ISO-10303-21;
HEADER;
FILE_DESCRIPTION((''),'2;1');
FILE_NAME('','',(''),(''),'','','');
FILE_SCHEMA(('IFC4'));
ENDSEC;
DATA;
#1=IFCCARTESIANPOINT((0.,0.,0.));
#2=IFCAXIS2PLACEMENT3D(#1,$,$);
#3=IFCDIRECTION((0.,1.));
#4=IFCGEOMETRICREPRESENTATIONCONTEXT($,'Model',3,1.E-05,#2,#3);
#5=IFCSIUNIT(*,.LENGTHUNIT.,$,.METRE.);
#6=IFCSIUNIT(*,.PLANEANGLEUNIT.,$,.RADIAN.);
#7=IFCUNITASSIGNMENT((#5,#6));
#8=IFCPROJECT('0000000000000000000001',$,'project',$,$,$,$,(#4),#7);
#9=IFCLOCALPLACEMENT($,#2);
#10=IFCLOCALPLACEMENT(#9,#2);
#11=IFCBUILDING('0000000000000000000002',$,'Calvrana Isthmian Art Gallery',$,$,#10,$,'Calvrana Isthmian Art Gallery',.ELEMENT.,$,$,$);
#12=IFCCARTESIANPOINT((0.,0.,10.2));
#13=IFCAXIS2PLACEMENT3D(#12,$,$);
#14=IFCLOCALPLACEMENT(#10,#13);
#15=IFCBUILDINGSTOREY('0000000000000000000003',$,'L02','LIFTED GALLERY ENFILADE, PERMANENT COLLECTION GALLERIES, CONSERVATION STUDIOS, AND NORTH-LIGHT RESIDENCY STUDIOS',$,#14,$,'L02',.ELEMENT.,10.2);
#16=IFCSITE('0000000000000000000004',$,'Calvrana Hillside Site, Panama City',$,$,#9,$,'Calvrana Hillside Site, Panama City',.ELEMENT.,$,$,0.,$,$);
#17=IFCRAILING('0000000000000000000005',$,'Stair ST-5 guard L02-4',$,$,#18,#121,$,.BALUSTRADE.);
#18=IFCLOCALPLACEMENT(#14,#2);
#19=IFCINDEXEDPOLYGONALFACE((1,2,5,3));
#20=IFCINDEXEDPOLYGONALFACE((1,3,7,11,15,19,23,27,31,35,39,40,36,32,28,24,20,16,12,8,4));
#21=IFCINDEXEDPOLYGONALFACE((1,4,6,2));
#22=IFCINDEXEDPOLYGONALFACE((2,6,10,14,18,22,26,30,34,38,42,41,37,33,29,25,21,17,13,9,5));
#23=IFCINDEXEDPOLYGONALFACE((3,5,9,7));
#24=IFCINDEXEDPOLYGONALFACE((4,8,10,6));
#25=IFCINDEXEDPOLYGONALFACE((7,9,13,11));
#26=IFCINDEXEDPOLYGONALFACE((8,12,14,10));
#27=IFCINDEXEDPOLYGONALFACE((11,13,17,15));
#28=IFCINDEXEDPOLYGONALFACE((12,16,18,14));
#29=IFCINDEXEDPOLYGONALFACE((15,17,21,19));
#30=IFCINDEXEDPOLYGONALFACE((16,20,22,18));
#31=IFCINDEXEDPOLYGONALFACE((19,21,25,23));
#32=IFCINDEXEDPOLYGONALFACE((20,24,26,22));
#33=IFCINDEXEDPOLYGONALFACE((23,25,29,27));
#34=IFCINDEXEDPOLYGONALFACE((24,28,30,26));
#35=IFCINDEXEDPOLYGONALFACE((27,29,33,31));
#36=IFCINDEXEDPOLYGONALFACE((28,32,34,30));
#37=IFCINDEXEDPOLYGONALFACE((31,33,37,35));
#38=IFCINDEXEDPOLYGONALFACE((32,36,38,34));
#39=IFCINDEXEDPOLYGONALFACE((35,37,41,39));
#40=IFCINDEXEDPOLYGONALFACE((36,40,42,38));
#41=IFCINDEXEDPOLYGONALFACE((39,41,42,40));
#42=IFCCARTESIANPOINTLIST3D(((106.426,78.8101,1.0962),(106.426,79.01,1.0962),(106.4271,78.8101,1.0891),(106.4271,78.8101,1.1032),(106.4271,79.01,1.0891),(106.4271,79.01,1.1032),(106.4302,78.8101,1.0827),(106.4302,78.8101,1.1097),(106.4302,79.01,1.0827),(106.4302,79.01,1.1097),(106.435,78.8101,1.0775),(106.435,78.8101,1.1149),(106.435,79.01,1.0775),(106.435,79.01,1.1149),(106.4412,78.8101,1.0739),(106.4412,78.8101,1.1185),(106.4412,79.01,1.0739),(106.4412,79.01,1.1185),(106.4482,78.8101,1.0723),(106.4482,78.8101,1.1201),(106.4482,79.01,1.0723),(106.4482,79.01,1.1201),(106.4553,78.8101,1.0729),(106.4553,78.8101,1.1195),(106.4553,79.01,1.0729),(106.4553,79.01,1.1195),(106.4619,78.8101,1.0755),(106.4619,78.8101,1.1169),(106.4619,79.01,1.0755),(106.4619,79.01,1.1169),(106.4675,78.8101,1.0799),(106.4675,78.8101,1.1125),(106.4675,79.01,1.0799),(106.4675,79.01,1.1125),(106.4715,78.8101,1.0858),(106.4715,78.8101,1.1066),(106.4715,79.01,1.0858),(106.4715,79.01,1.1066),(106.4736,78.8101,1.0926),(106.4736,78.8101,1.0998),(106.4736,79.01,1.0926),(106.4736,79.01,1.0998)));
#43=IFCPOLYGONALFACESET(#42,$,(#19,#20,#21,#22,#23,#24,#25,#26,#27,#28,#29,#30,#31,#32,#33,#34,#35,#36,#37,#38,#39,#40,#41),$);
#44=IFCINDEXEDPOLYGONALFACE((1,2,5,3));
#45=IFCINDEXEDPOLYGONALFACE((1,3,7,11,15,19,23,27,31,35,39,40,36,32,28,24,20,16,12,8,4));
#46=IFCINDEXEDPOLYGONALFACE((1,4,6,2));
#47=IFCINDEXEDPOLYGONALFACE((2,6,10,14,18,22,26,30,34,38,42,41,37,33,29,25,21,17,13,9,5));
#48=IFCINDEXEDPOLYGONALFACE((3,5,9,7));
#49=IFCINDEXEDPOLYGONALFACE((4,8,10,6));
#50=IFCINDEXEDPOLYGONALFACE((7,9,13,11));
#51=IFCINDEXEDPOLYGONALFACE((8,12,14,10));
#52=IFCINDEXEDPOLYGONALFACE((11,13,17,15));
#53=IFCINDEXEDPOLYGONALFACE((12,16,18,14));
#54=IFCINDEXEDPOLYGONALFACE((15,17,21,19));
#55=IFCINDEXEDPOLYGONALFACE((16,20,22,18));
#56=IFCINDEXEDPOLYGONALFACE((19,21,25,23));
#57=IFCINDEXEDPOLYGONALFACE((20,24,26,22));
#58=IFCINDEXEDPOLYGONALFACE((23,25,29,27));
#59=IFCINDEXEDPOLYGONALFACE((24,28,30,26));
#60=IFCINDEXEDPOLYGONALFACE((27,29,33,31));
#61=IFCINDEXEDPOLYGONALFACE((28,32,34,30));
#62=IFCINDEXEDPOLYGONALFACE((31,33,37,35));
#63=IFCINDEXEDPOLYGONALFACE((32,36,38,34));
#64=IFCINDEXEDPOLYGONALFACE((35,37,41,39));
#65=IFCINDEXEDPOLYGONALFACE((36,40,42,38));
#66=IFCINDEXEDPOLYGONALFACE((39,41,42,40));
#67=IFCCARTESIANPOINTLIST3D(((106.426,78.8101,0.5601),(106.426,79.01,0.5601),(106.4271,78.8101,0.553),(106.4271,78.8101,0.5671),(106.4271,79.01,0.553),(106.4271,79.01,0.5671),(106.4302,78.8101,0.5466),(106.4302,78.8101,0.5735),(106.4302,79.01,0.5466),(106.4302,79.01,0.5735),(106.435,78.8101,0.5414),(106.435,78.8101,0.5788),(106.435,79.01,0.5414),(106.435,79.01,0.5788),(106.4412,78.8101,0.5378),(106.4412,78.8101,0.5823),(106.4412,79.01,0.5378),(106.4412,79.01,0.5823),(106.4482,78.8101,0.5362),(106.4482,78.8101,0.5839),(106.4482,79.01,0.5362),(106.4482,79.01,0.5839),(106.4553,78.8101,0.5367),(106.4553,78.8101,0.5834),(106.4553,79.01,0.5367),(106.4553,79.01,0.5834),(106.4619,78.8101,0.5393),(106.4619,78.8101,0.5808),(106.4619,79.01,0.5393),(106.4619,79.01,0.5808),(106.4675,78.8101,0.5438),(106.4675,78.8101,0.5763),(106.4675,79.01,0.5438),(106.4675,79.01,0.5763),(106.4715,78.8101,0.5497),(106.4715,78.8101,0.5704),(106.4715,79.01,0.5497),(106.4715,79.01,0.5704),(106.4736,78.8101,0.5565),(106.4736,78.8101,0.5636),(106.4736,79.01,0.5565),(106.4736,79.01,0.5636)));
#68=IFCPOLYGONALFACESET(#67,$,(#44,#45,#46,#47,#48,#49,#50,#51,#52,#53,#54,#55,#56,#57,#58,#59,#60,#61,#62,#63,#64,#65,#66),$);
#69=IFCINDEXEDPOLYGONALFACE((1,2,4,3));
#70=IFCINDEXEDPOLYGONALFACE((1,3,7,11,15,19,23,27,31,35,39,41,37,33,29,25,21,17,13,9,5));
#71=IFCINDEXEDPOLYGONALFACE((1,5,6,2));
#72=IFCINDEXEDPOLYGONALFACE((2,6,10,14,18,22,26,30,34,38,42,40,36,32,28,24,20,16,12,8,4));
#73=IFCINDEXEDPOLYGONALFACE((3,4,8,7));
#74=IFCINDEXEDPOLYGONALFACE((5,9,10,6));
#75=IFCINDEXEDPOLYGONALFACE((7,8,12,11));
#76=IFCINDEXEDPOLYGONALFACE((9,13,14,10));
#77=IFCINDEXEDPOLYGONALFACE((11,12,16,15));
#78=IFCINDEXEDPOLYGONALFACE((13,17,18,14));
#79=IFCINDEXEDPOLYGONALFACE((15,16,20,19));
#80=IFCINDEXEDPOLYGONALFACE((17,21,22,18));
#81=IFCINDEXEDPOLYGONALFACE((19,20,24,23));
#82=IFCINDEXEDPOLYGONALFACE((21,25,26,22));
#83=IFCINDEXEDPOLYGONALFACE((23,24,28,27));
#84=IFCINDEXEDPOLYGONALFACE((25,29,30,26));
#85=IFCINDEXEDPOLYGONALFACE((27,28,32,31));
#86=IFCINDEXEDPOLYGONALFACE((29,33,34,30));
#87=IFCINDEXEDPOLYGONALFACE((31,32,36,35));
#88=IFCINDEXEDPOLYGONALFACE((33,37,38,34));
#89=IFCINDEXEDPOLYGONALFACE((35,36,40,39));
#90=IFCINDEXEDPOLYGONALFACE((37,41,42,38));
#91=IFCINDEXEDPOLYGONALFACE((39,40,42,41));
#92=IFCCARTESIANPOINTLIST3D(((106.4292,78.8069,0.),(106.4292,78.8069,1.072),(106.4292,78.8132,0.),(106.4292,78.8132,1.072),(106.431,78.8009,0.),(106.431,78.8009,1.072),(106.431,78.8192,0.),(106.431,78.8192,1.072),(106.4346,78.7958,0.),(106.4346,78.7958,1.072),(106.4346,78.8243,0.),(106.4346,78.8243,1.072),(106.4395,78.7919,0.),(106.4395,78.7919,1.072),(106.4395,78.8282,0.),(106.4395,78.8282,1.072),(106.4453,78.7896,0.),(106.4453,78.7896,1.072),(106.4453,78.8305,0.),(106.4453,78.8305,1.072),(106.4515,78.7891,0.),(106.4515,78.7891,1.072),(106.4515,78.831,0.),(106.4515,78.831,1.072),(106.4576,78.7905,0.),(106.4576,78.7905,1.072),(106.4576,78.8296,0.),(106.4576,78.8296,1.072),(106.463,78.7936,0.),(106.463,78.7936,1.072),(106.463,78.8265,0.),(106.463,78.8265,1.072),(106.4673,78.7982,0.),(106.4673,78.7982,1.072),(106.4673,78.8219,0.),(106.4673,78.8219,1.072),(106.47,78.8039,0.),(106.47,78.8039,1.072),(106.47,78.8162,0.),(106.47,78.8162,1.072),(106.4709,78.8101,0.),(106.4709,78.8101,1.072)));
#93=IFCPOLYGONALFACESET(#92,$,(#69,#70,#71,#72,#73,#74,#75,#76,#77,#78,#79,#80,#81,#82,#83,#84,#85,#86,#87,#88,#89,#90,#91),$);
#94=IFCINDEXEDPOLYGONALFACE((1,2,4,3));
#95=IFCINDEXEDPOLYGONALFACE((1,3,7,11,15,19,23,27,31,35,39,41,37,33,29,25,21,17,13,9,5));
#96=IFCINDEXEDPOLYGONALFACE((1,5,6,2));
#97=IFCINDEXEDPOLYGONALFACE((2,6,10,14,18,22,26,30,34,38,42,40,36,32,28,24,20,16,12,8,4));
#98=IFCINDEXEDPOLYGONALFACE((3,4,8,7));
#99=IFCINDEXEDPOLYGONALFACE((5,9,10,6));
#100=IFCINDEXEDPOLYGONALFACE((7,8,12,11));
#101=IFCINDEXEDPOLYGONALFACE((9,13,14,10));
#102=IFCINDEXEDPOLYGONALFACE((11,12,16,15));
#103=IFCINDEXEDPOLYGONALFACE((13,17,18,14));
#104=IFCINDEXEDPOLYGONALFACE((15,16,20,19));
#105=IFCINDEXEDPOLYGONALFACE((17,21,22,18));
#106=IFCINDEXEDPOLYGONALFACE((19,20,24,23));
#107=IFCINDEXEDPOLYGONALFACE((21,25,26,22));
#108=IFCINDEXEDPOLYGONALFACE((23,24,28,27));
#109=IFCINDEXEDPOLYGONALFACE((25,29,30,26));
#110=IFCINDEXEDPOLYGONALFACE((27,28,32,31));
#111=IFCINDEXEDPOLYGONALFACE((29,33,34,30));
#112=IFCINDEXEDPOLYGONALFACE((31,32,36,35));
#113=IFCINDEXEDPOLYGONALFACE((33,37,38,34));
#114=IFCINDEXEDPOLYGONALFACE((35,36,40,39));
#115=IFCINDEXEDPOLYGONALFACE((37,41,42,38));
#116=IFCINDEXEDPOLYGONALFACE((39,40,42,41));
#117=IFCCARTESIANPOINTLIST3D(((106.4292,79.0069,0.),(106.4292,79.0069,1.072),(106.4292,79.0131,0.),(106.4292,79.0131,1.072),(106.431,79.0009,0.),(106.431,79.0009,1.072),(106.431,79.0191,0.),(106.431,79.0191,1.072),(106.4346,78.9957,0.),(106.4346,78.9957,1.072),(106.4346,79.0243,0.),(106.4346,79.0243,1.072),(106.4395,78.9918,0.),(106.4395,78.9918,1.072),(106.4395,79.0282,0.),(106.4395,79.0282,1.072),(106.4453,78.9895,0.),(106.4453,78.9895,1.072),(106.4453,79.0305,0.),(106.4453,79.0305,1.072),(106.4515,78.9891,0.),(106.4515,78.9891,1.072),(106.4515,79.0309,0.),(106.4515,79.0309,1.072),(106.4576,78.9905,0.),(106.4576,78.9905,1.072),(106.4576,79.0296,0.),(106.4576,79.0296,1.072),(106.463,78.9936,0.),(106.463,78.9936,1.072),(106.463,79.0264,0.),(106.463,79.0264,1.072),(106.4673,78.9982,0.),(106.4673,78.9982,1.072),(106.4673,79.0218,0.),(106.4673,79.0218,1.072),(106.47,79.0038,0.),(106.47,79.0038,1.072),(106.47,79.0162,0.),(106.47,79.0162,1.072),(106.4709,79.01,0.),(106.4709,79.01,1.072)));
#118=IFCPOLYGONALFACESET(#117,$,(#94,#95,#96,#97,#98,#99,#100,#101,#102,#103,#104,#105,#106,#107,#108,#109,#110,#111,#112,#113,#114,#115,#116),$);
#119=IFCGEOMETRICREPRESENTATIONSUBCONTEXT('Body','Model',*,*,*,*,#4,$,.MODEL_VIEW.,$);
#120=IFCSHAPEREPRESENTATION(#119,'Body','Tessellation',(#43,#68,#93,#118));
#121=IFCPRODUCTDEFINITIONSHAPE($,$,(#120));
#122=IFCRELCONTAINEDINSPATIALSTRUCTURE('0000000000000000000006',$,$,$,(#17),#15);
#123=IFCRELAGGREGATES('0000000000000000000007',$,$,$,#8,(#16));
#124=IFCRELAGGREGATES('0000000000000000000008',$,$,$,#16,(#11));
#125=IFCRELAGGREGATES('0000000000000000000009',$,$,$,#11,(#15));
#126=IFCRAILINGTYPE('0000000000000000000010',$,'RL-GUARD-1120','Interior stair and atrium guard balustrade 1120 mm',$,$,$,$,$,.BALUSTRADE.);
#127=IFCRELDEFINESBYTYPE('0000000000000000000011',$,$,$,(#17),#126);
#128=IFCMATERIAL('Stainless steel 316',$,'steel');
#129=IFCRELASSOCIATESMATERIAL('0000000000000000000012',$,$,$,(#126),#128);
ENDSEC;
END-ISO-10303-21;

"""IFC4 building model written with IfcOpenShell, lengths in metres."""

from ifc_helpers import new_model, si_unit, direction, frame, origin, origin_2d, place, context, subcontext, project, spatial, circle, extrude, material, type_object, element, save


model = new_model("IFC4")

# Units and contexts
model_context = context("Model", 3, precision=1e-05, world=origin(), true_north=direction((0.0, 1.0)))
body_context = subcontext(model_context, "Body", "Model", "MODEL_VIEW")
ifc_project = project(units=[si_unit("LENGTHUNIT", "METRE"), si_unit("PLANEANGLEUNIT", "RADIAN")], contexts=[model_context])

# Site, building, storey
site_placement = place(None, origin())
site = spatial("IfcSite", under=ifc_project, at=site_placement, Name="Calvrana Hillside Site, Panama City", LongName="Calvrana Hillside Site, Panama City", CompositionType="ELEMENT", RefElevation=0.0)
building_placement = place(site_placement, origin())
building = spatial("IfcBuilding", under=site, at=building_placement, Name="Calvrana Isthmian Art Gallery", LongName="Calvrana Isthmian Art Gallery", CompositionType="ELEMENT")
storey_placement = place(building_placement, frame((0.0, 0.0, 10.2)))
storey = spatial("IfcBuildingStorey", under=building, at=storey_placement, Name="L02", Description="LIFTED GALLERY ENFILADE, PERMANENT COLLECTION GALLERIES, CONSERVATION STUDIOS, AND NORTH-LIGHT RESIDENCY STUDIOS", LongName="L02", CompositionType="ELEMENT", Elevation=10.2)

# Railing
ifc_material_1 = material(Name="Stainless steel 316", Category="steel")
railing_type_1 = type_object("IfcRailingType", Name="RL-GUARD-1120", Description="Interior stair and atrium guard balustrade 1120 mm", PredefinedType="BALUSTRADE", material=ifc_material_1)
railing_1_placement = place(storey_placement, frame((106.45, 78.8101, 0.0)))
element("IfcRailing", 1, at=railing_1_placement, inside=storey, type_object=railing_type_1, Name="Stair ST-5 guard L02-4", PredefinedType="BALUSTRADE", context=body_context, shape_type="SweptSolid", body=[
    extrude(circle(Radius=0.0239, at=origin_2d()), frame((0.0, 0.0, 1.0962), z_axis=(0.0, 1.0, 0.0), x_axis=(-1.0, 0.0, 0.0)), (0.0, 0.0, 1.0), 0.2),
    extrude(circle(Radius=0.0239, at=origin_2d()), frame((0.0, 0.0, 0.5601), z_axis=(0.0, 1.0, 0.0), x_axis=(-1.0, 0.0, 0.0)), (0.0, 0.0, 1.0), 0.2),
    extrude(circle(Radius=0.021, at=origin_2d()), origin(), (0.0, 0.0, 1.0), 1.072),
    extrude(circle(Radius=0.021, at=origin_2d()), frame((0.0, 0.2, 0.0)), (0.0, 0.0, 1.0), 1.072),
])

save(model, "model.ifc")
